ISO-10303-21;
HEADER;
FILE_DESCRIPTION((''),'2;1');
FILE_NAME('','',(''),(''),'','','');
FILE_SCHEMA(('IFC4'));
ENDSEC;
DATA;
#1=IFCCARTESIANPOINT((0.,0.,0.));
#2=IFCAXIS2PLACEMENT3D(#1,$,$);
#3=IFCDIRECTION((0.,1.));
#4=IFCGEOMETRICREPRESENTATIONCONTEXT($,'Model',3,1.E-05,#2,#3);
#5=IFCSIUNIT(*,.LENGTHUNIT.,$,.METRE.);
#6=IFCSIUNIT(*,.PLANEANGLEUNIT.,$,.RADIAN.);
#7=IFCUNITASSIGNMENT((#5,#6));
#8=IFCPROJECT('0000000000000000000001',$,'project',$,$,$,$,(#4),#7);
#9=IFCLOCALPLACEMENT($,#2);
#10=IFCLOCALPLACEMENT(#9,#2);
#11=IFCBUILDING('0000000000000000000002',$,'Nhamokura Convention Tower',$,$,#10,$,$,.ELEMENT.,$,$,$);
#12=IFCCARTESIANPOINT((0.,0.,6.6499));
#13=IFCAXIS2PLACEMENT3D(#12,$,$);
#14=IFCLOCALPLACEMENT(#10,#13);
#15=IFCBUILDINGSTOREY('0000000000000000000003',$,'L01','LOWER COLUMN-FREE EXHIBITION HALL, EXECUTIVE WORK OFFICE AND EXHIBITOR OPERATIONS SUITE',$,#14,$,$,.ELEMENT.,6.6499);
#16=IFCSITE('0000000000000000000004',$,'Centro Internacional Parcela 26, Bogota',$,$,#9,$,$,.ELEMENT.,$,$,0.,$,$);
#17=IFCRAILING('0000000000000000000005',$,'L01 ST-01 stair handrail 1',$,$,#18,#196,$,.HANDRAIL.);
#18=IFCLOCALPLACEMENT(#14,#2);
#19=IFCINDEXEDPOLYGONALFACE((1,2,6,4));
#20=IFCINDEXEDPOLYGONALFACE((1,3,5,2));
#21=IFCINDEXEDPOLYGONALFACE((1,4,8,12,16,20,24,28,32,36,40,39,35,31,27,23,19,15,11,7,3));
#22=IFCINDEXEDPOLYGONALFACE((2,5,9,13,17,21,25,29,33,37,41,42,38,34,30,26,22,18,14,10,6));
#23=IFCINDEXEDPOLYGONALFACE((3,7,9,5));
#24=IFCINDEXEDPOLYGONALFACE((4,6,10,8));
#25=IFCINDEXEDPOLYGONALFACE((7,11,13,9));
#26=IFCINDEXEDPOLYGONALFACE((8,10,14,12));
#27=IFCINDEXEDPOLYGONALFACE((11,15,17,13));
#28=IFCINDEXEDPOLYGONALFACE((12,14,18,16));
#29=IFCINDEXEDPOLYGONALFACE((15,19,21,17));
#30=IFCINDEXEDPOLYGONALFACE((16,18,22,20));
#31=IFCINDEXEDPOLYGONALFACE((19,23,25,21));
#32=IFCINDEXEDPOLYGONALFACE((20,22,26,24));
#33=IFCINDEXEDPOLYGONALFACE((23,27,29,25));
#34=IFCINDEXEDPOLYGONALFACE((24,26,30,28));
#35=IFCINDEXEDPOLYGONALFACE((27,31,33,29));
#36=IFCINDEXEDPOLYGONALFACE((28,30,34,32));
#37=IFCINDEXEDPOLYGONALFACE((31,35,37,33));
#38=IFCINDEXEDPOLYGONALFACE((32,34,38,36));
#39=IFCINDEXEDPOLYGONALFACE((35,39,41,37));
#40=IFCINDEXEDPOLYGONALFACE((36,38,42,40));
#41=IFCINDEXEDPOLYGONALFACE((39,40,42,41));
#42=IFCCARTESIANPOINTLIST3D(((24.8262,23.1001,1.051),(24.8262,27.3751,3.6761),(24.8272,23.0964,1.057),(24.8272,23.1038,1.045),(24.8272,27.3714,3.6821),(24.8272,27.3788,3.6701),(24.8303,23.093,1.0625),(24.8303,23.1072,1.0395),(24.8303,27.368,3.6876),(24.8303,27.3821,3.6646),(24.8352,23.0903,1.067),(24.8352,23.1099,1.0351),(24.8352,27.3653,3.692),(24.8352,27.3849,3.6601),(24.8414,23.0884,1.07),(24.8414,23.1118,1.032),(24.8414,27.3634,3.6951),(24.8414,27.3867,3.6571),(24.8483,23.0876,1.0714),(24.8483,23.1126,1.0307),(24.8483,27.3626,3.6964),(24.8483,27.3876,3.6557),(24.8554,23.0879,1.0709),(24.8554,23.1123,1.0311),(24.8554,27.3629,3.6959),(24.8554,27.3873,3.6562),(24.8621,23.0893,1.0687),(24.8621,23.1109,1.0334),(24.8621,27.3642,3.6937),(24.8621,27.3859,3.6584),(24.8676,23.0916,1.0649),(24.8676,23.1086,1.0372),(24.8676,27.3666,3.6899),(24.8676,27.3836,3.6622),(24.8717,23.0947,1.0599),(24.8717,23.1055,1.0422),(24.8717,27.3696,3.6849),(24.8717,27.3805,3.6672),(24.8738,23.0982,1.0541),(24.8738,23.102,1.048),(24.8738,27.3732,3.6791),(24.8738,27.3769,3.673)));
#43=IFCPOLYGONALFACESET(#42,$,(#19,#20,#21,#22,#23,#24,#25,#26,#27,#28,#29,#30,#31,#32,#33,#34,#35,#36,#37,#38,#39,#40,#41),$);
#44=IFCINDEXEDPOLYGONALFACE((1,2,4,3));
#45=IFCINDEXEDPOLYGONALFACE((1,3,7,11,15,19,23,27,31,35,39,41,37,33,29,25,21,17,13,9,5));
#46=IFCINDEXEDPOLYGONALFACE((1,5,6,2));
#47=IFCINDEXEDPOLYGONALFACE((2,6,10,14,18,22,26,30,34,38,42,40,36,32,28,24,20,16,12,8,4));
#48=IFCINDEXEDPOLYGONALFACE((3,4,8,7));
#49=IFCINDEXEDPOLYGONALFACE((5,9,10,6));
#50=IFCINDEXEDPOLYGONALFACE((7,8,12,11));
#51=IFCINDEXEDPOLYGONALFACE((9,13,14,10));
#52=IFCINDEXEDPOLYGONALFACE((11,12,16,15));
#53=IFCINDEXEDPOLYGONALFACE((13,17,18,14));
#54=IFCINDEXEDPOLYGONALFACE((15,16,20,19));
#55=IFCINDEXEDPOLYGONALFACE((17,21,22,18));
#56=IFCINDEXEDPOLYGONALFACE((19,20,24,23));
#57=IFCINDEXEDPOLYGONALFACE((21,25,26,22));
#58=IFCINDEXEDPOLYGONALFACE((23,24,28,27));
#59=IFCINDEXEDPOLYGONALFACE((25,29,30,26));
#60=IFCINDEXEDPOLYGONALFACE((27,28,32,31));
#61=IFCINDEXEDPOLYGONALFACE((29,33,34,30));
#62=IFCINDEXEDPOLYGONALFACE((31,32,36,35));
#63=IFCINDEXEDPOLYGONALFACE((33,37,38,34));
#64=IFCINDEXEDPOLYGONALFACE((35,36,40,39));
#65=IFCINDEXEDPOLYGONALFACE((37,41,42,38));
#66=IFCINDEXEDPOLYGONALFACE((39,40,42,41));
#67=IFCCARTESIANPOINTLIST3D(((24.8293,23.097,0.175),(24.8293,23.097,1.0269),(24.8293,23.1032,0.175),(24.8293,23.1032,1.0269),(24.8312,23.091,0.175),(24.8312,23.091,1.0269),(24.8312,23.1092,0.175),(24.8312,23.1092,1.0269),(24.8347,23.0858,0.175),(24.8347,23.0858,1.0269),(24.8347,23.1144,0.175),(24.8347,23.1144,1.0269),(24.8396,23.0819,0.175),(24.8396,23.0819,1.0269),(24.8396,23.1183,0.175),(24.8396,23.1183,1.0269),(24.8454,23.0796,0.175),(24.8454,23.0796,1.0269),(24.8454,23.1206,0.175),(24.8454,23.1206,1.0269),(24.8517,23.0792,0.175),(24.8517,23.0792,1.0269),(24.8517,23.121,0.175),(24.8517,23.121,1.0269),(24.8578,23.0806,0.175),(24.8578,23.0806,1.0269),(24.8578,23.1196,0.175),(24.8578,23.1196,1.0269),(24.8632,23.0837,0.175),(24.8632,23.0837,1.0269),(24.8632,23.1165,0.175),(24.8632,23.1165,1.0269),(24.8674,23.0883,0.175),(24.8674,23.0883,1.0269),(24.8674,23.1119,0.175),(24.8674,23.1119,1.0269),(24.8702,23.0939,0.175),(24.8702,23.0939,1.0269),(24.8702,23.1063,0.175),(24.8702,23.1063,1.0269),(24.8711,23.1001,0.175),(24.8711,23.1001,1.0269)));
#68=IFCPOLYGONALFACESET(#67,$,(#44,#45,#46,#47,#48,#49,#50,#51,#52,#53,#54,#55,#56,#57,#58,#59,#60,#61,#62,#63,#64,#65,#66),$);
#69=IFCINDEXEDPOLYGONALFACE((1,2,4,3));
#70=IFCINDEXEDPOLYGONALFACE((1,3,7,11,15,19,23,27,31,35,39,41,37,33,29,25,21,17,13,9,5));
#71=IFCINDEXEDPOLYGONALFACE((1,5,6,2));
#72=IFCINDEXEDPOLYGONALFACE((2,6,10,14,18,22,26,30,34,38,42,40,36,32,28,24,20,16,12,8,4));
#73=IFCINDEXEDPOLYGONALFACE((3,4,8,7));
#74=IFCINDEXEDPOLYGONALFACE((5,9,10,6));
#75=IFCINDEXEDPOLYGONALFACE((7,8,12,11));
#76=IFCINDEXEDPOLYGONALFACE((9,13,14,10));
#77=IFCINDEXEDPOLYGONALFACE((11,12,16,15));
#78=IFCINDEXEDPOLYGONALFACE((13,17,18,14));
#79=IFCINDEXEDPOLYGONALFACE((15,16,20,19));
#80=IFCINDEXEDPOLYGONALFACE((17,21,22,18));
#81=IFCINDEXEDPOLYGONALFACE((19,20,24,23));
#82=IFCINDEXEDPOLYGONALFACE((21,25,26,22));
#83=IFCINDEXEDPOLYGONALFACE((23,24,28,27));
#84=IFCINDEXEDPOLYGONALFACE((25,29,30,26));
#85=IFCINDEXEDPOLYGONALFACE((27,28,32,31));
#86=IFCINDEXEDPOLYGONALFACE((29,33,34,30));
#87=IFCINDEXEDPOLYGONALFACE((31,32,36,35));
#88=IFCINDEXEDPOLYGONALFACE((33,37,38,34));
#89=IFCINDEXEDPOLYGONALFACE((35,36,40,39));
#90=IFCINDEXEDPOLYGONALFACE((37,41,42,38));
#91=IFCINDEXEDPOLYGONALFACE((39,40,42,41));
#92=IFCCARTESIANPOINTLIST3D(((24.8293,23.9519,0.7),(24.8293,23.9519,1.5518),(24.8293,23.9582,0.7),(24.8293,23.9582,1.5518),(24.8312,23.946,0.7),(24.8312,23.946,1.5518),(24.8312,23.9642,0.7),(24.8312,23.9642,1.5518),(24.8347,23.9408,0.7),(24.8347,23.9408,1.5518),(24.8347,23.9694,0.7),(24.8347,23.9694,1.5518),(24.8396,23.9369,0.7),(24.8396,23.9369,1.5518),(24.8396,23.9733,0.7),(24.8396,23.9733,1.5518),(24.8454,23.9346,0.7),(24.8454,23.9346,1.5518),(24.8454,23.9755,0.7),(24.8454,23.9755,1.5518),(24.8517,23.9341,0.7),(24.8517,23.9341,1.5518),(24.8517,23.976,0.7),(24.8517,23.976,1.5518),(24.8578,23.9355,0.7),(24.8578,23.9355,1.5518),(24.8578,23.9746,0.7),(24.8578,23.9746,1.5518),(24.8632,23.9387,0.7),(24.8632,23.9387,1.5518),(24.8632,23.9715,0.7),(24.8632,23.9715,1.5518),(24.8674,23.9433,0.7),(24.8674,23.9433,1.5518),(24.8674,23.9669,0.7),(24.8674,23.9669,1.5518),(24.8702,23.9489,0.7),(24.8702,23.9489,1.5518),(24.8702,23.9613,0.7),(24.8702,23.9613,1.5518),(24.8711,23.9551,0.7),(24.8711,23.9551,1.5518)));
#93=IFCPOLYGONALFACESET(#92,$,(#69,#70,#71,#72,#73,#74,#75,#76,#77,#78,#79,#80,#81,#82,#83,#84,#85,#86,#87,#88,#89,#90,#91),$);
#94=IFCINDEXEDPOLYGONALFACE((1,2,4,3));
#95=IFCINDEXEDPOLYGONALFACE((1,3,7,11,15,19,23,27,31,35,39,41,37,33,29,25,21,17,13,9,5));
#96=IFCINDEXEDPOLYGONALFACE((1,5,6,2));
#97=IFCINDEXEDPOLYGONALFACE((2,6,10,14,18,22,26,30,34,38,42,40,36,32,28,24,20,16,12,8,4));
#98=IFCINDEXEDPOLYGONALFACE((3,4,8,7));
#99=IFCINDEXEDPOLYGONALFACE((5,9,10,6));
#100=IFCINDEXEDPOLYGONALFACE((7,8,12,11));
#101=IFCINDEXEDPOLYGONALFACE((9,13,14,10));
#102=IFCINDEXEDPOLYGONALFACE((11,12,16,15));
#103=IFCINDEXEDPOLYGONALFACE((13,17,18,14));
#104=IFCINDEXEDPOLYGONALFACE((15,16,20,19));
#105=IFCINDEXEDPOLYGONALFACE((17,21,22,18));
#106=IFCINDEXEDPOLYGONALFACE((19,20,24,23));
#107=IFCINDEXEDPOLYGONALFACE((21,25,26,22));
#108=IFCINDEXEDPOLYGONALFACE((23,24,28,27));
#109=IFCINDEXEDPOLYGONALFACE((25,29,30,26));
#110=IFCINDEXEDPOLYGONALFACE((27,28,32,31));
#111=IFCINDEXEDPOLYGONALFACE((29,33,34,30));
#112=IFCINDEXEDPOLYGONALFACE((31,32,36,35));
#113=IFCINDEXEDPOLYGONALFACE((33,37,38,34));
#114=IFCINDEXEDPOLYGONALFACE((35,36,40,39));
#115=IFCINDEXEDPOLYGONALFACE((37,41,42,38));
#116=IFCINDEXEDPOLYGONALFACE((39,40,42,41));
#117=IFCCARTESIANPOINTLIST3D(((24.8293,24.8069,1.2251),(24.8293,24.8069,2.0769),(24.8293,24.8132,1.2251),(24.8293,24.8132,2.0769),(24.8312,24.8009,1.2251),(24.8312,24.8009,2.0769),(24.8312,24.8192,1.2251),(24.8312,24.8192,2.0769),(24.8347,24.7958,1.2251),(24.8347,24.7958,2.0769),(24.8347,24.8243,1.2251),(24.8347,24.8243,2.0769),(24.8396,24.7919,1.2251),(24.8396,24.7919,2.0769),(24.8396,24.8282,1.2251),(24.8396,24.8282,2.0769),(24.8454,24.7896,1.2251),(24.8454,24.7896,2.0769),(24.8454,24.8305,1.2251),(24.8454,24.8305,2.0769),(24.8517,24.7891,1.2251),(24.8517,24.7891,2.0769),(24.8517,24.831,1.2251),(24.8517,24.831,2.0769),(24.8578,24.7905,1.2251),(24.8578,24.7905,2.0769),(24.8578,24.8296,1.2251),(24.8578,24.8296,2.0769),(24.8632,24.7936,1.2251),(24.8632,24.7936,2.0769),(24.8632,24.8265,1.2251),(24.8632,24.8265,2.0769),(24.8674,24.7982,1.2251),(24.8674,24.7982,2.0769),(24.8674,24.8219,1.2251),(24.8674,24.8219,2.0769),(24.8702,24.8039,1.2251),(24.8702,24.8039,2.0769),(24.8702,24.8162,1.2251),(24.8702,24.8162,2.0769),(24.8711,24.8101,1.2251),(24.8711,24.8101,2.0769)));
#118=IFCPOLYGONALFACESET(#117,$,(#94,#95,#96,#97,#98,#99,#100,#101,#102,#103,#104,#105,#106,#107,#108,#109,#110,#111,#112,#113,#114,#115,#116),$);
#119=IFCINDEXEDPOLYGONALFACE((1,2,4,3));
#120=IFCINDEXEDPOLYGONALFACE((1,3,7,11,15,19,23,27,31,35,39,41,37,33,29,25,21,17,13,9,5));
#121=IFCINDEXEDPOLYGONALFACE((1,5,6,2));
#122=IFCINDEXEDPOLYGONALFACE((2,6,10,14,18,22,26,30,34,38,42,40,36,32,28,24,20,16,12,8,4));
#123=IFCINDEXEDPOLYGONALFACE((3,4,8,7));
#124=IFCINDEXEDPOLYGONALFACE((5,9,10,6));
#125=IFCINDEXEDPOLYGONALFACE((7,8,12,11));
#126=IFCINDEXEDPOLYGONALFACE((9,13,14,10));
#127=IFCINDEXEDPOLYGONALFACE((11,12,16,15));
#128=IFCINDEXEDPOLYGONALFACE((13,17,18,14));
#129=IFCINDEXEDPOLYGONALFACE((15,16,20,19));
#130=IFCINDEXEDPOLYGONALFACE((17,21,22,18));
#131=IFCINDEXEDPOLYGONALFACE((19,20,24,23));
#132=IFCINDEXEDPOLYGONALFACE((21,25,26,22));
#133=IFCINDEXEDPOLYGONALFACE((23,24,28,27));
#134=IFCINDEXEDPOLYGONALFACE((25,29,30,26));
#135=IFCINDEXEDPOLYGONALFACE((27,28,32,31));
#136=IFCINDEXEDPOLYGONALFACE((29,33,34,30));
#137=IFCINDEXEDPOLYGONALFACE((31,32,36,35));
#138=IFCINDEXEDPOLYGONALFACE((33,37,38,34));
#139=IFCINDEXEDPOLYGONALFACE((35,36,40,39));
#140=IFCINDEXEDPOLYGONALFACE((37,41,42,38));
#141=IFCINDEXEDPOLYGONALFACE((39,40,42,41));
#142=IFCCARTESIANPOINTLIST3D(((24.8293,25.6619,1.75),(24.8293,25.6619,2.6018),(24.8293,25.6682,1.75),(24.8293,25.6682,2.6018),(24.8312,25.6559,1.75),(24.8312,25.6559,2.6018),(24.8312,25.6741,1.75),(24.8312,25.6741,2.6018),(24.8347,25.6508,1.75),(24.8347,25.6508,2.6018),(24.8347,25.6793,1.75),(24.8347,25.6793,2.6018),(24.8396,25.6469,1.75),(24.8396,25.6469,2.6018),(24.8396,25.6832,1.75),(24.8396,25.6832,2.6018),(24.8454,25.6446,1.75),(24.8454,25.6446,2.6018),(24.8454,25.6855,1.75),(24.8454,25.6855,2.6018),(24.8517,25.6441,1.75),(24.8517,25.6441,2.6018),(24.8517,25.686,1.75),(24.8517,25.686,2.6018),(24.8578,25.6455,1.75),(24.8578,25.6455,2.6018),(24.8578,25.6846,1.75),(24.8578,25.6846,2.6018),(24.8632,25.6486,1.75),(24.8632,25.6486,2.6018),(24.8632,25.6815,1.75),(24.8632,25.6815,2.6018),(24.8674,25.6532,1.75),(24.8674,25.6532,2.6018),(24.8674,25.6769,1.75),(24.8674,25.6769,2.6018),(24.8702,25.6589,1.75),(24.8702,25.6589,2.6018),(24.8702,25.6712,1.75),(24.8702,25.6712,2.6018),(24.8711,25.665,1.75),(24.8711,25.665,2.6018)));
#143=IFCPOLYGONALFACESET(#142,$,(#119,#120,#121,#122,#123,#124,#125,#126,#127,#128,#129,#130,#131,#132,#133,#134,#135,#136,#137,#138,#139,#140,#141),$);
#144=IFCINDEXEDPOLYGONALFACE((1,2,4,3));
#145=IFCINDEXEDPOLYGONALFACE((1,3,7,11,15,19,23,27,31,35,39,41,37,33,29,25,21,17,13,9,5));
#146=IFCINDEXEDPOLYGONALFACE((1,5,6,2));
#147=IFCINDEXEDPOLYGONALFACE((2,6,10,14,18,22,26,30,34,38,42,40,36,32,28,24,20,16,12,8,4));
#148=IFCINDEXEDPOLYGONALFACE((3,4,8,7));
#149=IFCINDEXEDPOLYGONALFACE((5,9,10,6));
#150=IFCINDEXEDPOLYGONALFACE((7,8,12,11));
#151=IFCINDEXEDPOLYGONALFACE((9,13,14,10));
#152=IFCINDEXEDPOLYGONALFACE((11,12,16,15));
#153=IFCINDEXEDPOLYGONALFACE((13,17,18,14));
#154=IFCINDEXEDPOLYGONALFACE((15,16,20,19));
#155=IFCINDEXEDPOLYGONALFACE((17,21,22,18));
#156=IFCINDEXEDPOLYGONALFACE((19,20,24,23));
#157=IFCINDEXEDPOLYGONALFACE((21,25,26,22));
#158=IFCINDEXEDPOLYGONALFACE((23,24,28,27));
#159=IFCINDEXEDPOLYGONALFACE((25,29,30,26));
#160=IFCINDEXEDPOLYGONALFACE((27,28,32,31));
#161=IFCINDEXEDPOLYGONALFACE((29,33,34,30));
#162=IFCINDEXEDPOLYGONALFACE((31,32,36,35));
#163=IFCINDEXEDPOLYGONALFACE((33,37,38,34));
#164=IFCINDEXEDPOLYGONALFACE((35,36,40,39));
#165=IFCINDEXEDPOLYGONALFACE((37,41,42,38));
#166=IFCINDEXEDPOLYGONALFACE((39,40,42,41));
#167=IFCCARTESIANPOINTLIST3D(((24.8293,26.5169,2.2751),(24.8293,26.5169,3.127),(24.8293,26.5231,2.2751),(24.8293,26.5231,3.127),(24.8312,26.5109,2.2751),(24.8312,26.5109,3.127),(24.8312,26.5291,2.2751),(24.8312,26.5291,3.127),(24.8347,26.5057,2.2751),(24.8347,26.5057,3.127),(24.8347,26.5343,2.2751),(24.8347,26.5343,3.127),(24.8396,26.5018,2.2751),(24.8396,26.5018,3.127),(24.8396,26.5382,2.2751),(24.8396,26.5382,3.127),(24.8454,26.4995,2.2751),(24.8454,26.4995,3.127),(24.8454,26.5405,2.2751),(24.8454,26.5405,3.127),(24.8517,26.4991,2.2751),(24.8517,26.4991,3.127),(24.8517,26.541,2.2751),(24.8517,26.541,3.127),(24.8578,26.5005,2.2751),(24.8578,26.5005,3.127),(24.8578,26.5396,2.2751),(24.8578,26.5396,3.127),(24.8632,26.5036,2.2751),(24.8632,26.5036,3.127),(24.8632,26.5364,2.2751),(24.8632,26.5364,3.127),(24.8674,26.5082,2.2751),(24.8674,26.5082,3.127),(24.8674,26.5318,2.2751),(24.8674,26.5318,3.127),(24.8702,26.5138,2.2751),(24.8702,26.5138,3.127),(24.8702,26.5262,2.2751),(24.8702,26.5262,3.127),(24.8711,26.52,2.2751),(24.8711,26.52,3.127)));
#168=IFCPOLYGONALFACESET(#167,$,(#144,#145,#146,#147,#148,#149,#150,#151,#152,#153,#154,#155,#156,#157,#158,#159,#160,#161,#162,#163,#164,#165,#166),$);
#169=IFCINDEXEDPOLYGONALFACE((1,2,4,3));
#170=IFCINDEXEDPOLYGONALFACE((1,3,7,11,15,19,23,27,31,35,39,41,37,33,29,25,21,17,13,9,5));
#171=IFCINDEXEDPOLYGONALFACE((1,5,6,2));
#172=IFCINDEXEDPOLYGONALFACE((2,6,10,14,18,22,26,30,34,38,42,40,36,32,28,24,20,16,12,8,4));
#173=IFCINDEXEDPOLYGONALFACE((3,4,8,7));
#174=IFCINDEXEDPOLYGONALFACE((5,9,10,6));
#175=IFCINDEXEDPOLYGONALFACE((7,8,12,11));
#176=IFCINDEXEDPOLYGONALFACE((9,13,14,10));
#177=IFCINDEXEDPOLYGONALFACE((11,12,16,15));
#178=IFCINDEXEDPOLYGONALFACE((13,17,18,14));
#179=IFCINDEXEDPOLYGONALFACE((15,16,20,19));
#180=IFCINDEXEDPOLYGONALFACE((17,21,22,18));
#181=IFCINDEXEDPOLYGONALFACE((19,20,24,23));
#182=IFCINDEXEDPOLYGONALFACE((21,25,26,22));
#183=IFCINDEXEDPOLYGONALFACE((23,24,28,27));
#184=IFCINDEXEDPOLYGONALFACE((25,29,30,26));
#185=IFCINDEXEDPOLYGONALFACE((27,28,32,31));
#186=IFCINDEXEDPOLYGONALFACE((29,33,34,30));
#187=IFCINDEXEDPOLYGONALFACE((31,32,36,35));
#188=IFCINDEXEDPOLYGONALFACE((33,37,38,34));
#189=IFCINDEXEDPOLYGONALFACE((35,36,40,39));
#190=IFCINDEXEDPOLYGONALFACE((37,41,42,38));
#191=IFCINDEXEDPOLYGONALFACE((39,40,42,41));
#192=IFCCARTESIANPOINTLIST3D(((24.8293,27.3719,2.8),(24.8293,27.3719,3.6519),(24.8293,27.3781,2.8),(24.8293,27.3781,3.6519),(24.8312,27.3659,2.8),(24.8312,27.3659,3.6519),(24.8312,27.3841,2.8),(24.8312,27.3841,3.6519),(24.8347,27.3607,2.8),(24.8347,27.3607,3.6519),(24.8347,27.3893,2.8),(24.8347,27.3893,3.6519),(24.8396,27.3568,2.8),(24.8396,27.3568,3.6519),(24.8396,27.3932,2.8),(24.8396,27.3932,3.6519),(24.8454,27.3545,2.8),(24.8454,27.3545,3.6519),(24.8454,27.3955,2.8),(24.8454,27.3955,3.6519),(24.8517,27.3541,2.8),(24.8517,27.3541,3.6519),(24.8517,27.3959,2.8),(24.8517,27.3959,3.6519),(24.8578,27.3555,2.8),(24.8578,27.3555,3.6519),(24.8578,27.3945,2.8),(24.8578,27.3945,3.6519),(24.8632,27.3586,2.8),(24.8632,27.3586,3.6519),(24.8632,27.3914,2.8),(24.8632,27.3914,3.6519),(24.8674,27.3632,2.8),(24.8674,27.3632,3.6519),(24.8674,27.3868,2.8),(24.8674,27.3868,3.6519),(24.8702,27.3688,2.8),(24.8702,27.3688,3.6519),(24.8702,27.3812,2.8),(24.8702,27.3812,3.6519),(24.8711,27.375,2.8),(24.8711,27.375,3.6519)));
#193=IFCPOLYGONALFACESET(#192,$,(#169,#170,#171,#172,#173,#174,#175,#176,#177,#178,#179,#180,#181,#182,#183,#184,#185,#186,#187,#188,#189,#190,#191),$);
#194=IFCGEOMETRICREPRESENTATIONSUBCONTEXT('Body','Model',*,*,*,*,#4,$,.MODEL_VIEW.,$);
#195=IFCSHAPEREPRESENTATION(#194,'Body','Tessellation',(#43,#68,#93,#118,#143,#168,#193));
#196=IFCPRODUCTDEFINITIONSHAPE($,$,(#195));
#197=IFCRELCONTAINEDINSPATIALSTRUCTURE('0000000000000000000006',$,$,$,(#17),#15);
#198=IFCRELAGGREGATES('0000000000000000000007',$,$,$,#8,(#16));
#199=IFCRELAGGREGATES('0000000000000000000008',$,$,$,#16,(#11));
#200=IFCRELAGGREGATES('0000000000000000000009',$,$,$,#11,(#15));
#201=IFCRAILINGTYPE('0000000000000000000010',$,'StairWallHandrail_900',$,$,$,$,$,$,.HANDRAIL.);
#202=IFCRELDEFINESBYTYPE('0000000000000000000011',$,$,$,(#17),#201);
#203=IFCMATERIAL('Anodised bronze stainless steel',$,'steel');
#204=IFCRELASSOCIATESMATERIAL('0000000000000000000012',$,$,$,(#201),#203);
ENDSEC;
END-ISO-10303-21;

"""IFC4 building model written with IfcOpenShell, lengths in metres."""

from ifc_helpers import new_model, si_unit, direction, frame, origin, origin_2d, place, context, subcontext, project, spatial, circle, extrude, material, type_object, element, save


model = new_model("IFC4")

# Units and contexts
model_context = context("Model", 3, precision=1e-05, world=origin(), true_north=direction((0.0, 1.0)))
body_context = subcontext(model_context, "Body", "Model", "MODEL_VIEW")
ifc_project = project(units=[si_unit("LENGTHUNIT", "METRE"), si_unit("PLANEANGLEUNIT", "RADIAN")], contexts=[model_context])

# Site, building, storey
site_placement = place(None, origin())
site = spatial("IfcSite", under=ifc_project, at=site_placement, Name="Centro Internacional Parcela 26, Bogota", CompositionType="ELEMENT", RefElevation=0.0)
building_placement = place(site_placement, origin())
building = spatial("IfcBuilding", under=site, at=building_placement, Name="Nhamokura Convention Tower", CompositionType="ELEMENT")
storey_placement = place(building_placement, frame((0.0, 0.0, 6.6499)))
storey = spatial("IfcBuildingStorey", under=building, at=storey_placement, Name="L01", Description="LOWER COLUMN-FREE EXHIBITION HALL, EXECUTIVE WORK OFFICE AND EXHIBITOR OPERATIONS SUITE", CompositionType="ELEMENT", Elevation=6.6499)

# Railing
ifc_material_1 = material(Name="Anodised bronze stainless steel", Category="steel")
railing_type_1 = type_object("IfcRailingType", Name="StairWallHandrail_900", PredefinedType="HANDRAIL", material=ifc_material_1)
railing_1_placement = place(storey_placement, frame((24.8501, 23.1001, 0.175)))
element("IfcRailing", 1, at=railing_1_placement, inside=storey, type_object=railing_type_1, Name="L01 ST-01 stair handrail 1", PredefinedType="HANDRAIL", context=body_context, shape_type="SweptSolid", body=[
    extrude(circle(Radius=0.0239, at=origin_2d()), frame((0.0, 0.0, 0.876), z_axis=(0.0, 0.852166, 0.523272), x_axis=(-1.0, 0.0, 0.0)), (0.0, 0.0, 1.0), 5.0166),
    extrude(circle(Radius=0.021, at=origin_2d()), origin(), (0.0, 0.0, 1.0), 0.8518),
    extrude(circle(Radius=0.021, at=origin_2d()), frame((0.0, 0.855, 0.5249)), (0.0, 0.0, 1.0), 0.8518),
    extrude(circle(Radius=0.021, at=origin_2d()), frame((0.0, 1.71, 1.05)), (0.0, 0.0, 1.0), 0.8518),
    extrude(circle(Radius=0.021, at=origin_2d()), frame((0.0, 2.5649, 1.575)), (0.0, 0.0, 1.0), 0.8518),
    extrude(circle(Radius=0.021, at=origin_2d()), frame((0.0, 3.4199, 2.1001)), (0.0, 0.0, 1.0), 0.8518),
    extrude(circle(Radius=0.021, at=origin_2d()), frame((0.0, 4.2749, 2.625)), (0.0, 0.0, 1.0), 0.8518),
])

save(model, "model.ifc")
